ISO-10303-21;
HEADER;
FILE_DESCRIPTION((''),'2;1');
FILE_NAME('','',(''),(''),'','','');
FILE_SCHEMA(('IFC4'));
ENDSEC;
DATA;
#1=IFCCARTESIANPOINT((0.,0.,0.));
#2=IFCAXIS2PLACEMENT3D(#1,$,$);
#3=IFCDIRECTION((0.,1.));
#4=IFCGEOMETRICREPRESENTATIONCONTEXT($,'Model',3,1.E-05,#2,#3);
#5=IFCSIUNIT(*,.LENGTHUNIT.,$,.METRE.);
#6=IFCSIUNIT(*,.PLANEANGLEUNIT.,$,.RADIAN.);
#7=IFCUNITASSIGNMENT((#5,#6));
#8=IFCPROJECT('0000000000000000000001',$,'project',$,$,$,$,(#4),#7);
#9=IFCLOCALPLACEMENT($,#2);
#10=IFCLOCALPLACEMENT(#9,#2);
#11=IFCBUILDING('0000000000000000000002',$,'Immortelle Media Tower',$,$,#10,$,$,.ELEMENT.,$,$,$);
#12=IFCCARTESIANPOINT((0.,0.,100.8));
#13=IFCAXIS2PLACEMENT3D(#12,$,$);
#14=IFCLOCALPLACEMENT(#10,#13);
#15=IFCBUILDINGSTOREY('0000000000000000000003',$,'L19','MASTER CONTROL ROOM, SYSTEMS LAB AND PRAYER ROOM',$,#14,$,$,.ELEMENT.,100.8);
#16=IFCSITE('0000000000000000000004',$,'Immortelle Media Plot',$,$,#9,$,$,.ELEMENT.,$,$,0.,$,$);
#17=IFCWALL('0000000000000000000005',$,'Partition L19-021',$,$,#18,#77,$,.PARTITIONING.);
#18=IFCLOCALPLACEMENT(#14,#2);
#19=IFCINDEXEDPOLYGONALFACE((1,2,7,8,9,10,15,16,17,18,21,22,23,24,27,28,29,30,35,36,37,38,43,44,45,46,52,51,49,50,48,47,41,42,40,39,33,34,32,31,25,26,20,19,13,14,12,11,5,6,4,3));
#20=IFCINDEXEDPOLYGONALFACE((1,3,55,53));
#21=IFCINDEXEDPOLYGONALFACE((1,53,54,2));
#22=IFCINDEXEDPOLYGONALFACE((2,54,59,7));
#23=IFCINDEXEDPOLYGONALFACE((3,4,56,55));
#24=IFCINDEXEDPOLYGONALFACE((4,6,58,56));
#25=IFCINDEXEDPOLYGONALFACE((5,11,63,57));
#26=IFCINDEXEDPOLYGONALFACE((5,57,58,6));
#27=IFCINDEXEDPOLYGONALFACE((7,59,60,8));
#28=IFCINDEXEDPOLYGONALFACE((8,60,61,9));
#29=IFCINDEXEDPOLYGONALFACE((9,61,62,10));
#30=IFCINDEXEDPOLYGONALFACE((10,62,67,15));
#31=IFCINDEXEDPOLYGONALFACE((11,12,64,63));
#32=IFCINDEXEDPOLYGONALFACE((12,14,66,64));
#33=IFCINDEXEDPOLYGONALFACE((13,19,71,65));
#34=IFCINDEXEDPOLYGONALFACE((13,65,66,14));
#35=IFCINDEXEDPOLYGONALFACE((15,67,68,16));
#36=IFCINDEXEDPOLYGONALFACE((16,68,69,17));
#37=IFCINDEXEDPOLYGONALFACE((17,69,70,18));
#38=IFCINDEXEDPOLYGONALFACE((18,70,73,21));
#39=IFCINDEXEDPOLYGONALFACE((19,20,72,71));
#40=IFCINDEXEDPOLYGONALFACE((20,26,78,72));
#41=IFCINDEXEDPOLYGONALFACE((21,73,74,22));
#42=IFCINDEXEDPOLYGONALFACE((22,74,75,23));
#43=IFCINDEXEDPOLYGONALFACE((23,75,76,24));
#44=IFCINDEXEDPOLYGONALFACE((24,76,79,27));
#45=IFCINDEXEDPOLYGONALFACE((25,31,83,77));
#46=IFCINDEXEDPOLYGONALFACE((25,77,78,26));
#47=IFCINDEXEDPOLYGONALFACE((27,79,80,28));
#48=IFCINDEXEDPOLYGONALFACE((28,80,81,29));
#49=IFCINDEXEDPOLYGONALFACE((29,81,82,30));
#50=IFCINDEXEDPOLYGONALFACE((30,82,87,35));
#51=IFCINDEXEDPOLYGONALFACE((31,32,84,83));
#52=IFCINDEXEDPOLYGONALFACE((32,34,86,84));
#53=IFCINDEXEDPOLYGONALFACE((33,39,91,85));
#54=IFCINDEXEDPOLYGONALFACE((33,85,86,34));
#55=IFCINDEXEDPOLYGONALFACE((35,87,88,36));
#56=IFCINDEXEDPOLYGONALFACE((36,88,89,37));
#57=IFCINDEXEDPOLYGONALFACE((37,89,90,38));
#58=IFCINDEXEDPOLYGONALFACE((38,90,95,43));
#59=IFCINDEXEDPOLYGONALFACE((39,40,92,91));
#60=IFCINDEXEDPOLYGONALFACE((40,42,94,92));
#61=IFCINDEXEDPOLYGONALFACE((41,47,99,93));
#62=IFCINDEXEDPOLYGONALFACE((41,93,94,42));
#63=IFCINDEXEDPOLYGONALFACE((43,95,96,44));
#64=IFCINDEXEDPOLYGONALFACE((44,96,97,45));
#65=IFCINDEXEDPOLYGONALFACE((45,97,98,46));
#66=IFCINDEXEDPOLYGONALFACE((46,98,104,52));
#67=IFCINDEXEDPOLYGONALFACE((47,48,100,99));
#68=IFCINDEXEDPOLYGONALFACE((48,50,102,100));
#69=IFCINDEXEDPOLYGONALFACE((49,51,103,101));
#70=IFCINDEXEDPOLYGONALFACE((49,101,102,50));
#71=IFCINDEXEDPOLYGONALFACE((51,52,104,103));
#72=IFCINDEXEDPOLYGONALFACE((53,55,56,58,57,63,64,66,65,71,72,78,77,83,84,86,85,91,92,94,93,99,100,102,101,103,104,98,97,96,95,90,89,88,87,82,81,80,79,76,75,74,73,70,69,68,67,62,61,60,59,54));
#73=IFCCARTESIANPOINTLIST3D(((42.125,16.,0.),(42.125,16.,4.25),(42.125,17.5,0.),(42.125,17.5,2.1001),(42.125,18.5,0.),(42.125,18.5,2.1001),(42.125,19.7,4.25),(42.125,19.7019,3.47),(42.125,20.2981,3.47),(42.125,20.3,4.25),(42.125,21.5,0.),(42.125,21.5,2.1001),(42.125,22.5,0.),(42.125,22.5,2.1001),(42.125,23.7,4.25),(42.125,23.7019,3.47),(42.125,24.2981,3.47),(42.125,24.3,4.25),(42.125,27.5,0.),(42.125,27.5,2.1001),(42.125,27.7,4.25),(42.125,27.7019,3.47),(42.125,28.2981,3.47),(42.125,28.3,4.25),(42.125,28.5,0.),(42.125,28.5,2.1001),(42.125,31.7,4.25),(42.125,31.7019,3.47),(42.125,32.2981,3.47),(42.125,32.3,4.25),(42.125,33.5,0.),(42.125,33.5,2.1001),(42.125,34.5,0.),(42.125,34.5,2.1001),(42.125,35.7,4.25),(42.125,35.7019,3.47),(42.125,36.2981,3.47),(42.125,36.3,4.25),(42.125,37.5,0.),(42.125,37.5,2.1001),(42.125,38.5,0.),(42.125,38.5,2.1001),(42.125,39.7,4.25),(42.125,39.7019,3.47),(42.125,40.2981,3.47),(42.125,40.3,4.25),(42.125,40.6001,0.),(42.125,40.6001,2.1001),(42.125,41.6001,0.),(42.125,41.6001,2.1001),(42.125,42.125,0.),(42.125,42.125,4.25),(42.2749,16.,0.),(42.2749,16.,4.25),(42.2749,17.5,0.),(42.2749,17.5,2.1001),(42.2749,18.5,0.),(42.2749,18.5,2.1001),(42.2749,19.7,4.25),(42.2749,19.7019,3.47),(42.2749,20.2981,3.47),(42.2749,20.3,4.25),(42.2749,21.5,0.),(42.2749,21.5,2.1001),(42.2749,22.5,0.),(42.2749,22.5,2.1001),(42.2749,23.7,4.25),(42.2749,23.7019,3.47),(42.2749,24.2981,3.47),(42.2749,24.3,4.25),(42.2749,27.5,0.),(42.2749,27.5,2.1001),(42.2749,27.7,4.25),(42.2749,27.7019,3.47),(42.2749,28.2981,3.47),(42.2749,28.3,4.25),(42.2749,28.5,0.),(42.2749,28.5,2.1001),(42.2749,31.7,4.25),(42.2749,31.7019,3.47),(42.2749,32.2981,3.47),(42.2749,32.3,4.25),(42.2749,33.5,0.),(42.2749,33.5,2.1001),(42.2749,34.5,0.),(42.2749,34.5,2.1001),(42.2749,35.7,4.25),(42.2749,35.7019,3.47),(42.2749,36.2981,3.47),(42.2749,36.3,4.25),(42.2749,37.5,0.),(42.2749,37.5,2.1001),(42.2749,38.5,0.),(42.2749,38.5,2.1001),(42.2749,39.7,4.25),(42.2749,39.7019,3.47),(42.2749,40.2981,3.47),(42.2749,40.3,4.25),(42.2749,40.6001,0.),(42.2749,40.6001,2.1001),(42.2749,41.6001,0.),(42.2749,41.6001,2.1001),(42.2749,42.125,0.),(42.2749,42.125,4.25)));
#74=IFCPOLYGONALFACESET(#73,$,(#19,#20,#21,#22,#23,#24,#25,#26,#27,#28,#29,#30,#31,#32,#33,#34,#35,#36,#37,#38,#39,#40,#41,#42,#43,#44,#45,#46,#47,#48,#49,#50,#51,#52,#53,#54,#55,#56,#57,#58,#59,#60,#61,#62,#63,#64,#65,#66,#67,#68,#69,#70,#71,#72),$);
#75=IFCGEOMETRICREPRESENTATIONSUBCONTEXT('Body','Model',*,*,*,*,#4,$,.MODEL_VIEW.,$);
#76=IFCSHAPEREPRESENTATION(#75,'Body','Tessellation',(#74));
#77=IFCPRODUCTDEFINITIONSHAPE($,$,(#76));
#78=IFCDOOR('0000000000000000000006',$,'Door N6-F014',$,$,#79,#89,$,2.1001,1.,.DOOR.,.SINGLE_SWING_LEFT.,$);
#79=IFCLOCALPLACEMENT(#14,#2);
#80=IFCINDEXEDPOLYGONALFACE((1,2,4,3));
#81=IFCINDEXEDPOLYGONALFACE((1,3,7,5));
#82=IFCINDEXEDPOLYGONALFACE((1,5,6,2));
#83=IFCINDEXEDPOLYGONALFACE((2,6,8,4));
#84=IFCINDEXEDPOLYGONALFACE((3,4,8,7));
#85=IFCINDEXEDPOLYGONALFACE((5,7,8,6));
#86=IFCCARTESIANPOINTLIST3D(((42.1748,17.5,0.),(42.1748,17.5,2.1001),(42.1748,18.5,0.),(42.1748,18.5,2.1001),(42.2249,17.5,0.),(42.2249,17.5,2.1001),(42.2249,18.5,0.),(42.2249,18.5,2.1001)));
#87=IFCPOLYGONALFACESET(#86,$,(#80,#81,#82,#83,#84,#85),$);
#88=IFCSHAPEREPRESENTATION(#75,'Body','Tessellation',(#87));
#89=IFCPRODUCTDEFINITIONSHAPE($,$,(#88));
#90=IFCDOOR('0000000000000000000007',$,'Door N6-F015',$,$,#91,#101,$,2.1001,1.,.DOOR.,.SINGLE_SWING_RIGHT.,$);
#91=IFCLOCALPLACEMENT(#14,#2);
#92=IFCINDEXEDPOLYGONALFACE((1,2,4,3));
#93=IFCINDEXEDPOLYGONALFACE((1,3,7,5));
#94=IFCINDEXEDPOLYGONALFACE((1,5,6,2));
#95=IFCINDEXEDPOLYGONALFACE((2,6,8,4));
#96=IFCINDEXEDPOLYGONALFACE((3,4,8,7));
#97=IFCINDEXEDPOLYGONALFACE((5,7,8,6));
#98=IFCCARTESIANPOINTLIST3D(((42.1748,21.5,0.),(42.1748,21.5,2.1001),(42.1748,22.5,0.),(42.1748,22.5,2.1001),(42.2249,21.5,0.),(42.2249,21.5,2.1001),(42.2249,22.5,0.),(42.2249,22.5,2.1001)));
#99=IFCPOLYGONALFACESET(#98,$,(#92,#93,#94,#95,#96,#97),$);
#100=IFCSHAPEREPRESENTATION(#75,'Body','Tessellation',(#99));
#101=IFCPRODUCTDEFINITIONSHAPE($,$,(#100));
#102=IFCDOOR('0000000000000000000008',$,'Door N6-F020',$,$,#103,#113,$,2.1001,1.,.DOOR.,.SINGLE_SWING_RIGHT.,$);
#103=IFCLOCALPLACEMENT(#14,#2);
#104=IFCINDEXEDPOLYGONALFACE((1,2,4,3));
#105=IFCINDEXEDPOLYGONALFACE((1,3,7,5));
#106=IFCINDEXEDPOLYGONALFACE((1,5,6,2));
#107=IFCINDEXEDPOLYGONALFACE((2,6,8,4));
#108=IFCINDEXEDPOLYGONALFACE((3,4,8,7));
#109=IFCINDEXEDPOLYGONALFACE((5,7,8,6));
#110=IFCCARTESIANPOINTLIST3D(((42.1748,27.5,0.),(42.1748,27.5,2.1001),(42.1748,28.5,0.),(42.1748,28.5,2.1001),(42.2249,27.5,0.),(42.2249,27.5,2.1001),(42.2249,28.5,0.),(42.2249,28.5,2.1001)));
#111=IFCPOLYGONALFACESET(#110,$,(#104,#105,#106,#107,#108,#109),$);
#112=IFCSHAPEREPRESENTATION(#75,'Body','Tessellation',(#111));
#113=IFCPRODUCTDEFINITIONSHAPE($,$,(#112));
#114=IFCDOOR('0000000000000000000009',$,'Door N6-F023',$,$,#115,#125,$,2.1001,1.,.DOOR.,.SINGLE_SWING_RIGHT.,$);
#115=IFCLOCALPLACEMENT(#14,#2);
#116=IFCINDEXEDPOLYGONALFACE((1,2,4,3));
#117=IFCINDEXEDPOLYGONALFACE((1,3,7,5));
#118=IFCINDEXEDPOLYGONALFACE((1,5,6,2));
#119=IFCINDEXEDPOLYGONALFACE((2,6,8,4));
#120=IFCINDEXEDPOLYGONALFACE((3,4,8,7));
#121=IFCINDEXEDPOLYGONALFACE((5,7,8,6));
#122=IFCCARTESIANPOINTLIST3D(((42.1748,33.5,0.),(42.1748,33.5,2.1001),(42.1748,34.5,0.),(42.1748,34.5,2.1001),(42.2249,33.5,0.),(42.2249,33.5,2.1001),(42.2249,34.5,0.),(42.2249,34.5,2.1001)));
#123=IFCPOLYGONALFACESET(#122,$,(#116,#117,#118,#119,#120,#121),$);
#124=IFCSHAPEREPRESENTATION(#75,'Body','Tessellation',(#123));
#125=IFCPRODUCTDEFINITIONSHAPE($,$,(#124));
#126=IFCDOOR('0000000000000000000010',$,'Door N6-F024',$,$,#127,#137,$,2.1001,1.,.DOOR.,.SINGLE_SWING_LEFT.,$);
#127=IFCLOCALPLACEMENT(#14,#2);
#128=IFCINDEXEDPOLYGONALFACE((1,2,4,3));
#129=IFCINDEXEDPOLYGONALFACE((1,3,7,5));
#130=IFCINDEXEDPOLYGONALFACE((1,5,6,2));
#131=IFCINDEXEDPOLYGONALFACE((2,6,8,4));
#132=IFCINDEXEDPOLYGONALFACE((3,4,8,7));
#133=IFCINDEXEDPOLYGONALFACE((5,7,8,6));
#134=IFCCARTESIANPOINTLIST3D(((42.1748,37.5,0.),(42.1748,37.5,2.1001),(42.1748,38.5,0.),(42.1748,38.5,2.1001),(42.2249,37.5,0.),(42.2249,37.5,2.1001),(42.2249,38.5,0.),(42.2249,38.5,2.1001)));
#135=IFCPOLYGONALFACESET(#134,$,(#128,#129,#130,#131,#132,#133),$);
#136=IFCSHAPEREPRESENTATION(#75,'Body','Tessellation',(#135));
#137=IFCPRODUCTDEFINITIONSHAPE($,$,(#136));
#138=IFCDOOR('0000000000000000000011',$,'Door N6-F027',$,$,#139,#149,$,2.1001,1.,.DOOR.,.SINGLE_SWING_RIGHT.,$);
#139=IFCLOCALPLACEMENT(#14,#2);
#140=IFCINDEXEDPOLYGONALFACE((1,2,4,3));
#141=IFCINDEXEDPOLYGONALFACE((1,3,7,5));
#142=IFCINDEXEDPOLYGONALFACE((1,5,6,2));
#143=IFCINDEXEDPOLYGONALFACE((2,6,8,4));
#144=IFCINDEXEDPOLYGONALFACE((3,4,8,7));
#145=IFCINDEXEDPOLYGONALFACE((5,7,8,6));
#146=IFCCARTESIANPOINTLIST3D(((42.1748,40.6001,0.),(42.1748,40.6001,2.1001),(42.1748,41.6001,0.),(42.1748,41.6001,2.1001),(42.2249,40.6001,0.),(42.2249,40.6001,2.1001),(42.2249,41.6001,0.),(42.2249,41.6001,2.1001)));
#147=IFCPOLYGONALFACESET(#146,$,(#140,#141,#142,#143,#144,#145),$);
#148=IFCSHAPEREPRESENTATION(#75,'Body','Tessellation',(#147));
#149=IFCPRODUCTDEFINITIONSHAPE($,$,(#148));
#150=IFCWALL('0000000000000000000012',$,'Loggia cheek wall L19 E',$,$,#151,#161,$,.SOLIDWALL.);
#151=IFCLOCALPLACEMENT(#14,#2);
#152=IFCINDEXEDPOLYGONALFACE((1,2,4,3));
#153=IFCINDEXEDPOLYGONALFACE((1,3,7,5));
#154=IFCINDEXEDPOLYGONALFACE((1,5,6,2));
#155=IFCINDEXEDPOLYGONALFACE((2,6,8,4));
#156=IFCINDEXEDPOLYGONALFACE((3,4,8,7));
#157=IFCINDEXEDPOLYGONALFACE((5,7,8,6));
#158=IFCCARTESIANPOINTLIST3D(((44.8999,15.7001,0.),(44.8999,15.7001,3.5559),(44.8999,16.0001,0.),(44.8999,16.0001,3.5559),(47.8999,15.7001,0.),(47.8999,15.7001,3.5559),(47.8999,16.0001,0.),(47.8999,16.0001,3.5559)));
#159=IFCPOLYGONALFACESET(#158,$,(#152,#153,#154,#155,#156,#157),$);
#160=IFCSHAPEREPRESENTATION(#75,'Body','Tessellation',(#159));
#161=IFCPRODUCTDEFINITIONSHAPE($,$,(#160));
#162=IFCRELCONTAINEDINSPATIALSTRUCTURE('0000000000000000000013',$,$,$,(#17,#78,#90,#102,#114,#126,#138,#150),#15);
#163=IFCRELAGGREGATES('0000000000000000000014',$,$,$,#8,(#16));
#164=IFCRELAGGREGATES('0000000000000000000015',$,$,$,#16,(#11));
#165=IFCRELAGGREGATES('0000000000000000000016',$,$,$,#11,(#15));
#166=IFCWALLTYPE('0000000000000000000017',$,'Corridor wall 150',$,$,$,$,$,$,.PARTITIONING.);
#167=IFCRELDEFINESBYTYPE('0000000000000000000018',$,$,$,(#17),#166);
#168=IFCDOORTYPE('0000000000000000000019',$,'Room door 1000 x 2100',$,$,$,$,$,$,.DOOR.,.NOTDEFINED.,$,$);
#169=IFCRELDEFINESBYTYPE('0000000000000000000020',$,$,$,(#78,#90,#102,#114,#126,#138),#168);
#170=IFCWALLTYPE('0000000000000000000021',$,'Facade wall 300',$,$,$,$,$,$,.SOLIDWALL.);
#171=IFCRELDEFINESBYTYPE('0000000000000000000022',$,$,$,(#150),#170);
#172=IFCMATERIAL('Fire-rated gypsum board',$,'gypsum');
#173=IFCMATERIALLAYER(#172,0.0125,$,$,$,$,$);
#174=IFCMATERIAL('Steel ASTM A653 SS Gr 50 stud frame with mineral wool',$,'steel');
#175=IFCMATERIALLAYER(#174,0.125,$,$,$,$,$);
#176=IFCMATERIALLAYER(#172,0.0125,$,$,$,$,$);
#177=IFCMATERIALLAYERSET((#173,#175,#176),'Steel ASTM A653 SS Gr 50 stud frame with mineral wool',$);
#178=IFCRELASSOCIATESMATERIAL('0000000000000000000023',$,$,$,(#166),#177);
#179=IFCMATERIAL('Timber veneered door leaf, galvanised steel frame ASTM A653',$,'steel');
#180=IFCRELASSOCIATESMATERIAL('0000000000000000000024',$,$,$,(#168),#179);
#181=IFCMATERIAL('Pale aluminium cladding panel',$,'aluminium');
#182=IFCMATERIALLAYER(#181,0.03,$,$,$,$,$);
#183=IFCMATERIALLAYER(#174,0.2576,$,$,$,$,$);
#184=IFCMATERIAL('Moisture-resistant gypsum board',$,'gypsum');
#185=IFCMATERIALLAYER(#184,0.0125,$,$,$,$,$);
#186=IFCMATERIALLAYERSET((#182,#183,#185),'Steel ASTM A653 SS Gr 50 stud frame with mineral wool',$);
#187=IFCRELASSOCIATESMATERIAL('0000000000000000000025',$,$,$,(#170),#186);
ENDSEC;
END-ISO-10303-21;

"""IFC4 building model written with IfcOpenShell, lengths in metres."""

from ifc_helpers import new_model, si_unit, direction, frame, frame_2d, origin, place, context, subcontext, project, spatial, polyline, rectangle, outline, extrude, material, layer, layer_set, type_object, element, fill, save


model = new_model("IFC4")

# Units and contexts
model_context = context("Model", 3, precision=1e-05, world=origin(), true_north=direction((0.0, 1.0)))
body_context = subcontext(model_context, "Body", "Model", "MODEL_VIEW")
ifc_project = project(units=[si_unit("LENGTHUNIT", "METRE"), si_unit("PLANEANGLEUNIT", "RADIAN")], contexts=[model_context])

# Site, building, storey
site_placement = place(None, origin())
site = spatial("IfcSite", under=ifc_project, at=site_placement, Name="Immortelle Media Plot", CompositionType="ELEMENT", RefElevation=0.0)
building_placement = place(site_placement, origin())
building = spatial("IfcBuilding", under=site, at=building_placement, Name="Immortelle Media Tower", CompositionType="ELEMENT")
storey_placement = place(building_placement, frame((0.0, 0.0, 100.8)))
storey = spatial("IfcBuildingStorey", under=building, at=storey_placement, Name="L19", Description="MASTER CONTROL ROOM, SYSTEMS LAB AND PRAYER ROOM", CompositionType="ELEMENT", Elevation=100.8)

# Wall, openings, doors
ifc_material_1 = material(Name="Fire-rated gypsum board", Category="gypsum")
ifc_layer_1 = layer(ifc_material_1, 0.0125)
ifc_material_2 = material(Name="Steel ASTM A653 SS Gr 50 stud frame with mineral wool", Category="steel")
ifc_layer_2 = layer(ifc_material_2, 0.125)
ifc_layer_3 = layer(ifc_material_1, 0.0125)
ifc_layer_set_1 = layer_set([ifc_layer_1, ifc_layer_2, ifc_layer_3], Name="Steel ASTM A653 SS Gr 50 stud frame with mineral wool")
wall_type_1 = type_object("IfcWallType", Name="Corridor wall 150", PredefinedType="PARTITIONING", material=ifc_layer_set_1)
wall_1_placement = place(storey_placement, frame((42.2, 16.0, 0.0), z_axis=(0.0, 0.0, 1.0), x_axis=(0.0, 1.0, 0.0)))
wall_1 = element("IfcWall", 1, at=wall_1_placement, inside=storey, type_object=wall_type_1, Name="Partition L19-021", PredefinedType="PARTITIONING", context=body_context, shape_type="SweptSolid", body=[
    extrude(outline(polyline([(0.0, 0.0), (26.125, 0.0), (26.125, 4.25), (24.3, 4.25), (24.2981, 3.47), (23.7019, 3.47), (23.7, 4.25), (20.3, 4.25), (20.2981, 3.47), (19.7019, 3.47), (19.7, 4.25), (16.3, 4.25), (16.2981, 3.47), (15.7019, 3.47), (15.7, 4.25), (12.3, 4.25), (12.2981, 3.47), (11.7019, 3.47), (11.7, 4.25), (8.3, 4.25), (8.2981, 3.47), (7.7019, 3.47), (7.7, 4.25), (4.3, 4.25), (4.2981, 3.47), (3.7019, 3.47), (3.7, 4.25), (0.0, 4.25), (0.0, 0.0)])), frame((0.0, 0.075, 0.0), z_axis=(0.0, -1.0, 0.0), x_axis=(1.0, 0.0, 0.0)), (0.0, 0.0, 1.0), 0.1499),
])
opening_1_placement = place(wall_1_placement, frame((2.5, 0.0, 0.0), z_axis=(0.0, 0.0, 1.0), x_axis=(-1.0, 0.0, 0.0)))
opening_1 = element("IfcOpeningElement", 2, at=opening_1_placement, cuts=wall_1, PredefinedType="OPENING", context=body_context, shape_type="SweptSolid", body=[
    extrude(rectangle(XDim=1.0, YDim=2.1001, at=frame_2d((0.5, 1.05))), frame((0.0, 0.085, 0.0), z_axis=(0.0, -1.0, 0.0), x_axis=(1.0, 0.0, 0.0)), (0.0, 0.0, 1.0), 0.1699),
])
opening_2_placement = place(wall_1_placement, frame((6.5, 0.0, 0.0), z_axis=(0.0, 0.0, 1.0), x_axis=(-1.0, 0.0, 0.0)))
opening_2 = element("IfcOpeningElement", 3, at=opening_2_placement, cuts=wall_1, PredefinedType="OPENING", context=body_context, shape_type="SweptSolid", body=[
    extrude(rectangle(XDim=1.0, YDim=2.1001, at=frame_2d((0.5, 1.05))), frame((0.0, 0.085, 0.0), z_axis=(0.0, -1.0, 0.0), x_axis=(1.0, 0.0, 0.0)), (0.0, 0.0, 1.0), 0.1699),
])
opening_3_placement = place(wall_1_placement, frame((12.5, 0.0, 0.0), z_axis=(0.0, 0.0, 1.0), x_axis=(-1.0, 0.0, 0.0)))
opening_3 = element("IfcOpeningElement", 4, at=opening_3_placement, cuts=wall_1, PredefinedType="OPENING", context=body_context, shape_type="SweptSolid", body=[
    extrude(rectangle(XDim=1.0, YDim=2.1001, at=frame_2d((0.5, 1.05))), frame((0.0, 0.085, 0.0), z_axis=(0.0, -1.0, 0.0), x_axis=(1.0, 0.0, 0.0)), (0.0, 0.0, 1.0), 0.1699),
])
opening_4_placement = place(wall_1_placement, frame((18.5, 0.0, 0.0), z_axis=(0.0, 0.0, 1.0), x_axis=(-1.0, 0.0, 0.0)))
opening_4 = element("IfcOpeningElement", 5, at=opening_4_placement, cuts=wall_1, PredefinedType="OPENING", context=body_context, shape_type="SweptSolid", body=[
    extrude(rectangle(XDim=1.0, YDim=2.1001, at=frame_2d((0.5, 1.05))), frame((0.0, 0.085, 0.0), z_axis=(0.0, -1.0, 0.0), x_axis=(1.0, 0.0, 0.0)), (0.0, 0.0, 1.0), 0.1699),
])
opening_5_placement = place(wall_1_placement, frame((22.5, 0.0, 0.0), z_axis=(0.0, 0.0, 1.0), x_axis=(-1.0, 0.0, 0.0)))
opening_5 = element("IfcOpeningElement", 6, at=opening_5_placement, cuts=wall_1, PredefinedType="OPENING", context=body_context, shape_type="SweptSolid", body=[
    extrude(rectangle(XDim=1.0, YDim=2.1001, at=frame_2d((0.5, 1.05))), frame((0.0, 0.085, 0.0), z_axis=(0.0, -1.0, 0.0), x_axis=(1.0, 0.0, 0.0)), (0.0, 0.0, 1.0), 0.1699),
])
opening_6_placement = place(wall_1_placement, frame((25.6001, 0.0, 0.0), z_axis=(0.0, 0.0, 1.0), x_axis=(-1.0, 0.0, 0.0)))
opening_6 = element("IfcOpeningElement", 7, at=opening_6_placement, cuts=wall_1, PredefinedType="OPENING", context=body_context, shape_type="SweptSolid", body=[
    extrude(rectangle(XDim=1.0, YDim=2.1001, at=frame_2d((0.5, 1.05))), frame((0.0, 0.085, 0.0), z_axis=(0.0, -1.0, 0.0), x_axis=(1.0, 0.0, 0.0)), (0.0, 0.0, 1.0), 0.1699),
])
ifc_material_3 = material(Name="Timber veneered door leaf, galvanised steel frame ASTM A653", Category="steel")
door_type = type_object("IfcDoorType", Name="Room door 1000 x 2100", OperationType="NOTDEFINED", PredefinedType="DOOR", material=ifc_material_3)
door_1_placement = place(opening_1_placement, origin())
door_1 = element("IfcDoor", 8, at=door_1_placement, inside=storey, type_object=door_type, Name="Door N6-F014", OperationType="SINGLE_SWING_LEFT", OverallHeight=2.1001, OverallWidth=1.0, PredefinedType="DOOR", context=body_context, shape_type="SweptSolid", body=[
    extrude(rectangle(XDim=1.0, YDim=2.1001, at=frame_2d((0.5, 1.05))), frame((0.0, 0.0249, 0.0), z_axis=(0.0, -1.0, 0.0), x_axis=(1.0, 0.0, 0.0)), (0.0, 0.0, 1.0), 0.05),
])
fill(opening_1, door_1)
door_2_placement = place(opening_2_placement, origin())
door_2 = element("IfcDoor", 9, at=door_2_placement, inside=storey, type_object=door_type, Name="Door N6-F015", OperationType="SINGLE_SWING_RIGHT", OverallHeight=2.1001, OverallWidth=1.0, PredefinedType="DOOR", context=body_context, shape_type="SweptSolid", body=[
    extrude(rectangle(XDim=1.0, YDim=2.1001, at=frame_2d((0.5, 1.05))), frame((0.0, 0.0249, 0.0), z_axis=(0.0, -1.0, 0.0), x_axis=(1.0, 0.0, 0.0)), (0.0, 0.0, 1.0), 0.05),
])
fill(opening_2, door_2)
door_3_placement = place(opening_3_placement, origin())
door_3 = element("IfcDoor", 10, at=door_3_placement, inside=storey, type_object=door_type, Name="Door N6-F020", OperationType="SINGLE_SWING_RIGHT", OverallHeight=2.1001, OverallWidth=1.0, PredefinedType="DOOR", context=body_context, shape_type="SweptSolid", body=[
    extrude(rectangle(XDim=1.0, YDim=2.1001, at=frame_2d((0.5, 1.05))), frame((0.0, 0.0249, 0.0), z_axis=(0.0, -1.0, 0.0), x_axis=(1.0, 0.0, 0.0)), (0.0, 0.0, 1.0), 0.05),
])
fill(opening_3, door_3)
door_4_placement = place(opening_4_placement, origin())
door_4 = element("IfcDoor", 11, at=door_4_placement, inside=storey, type_object=door_type, Name="Door N6-F023", OperationType="SINGLE_SWING_RIGHT", OverallHeight=2.1001, OverallWidth=1.0, PredefinedType="DOOR", context=body_context, shape_type="SweptSolid", body=[
    extrude(rectangle(XDim=1.0, YDim=2.1001, at=frame_2d((0.5, 1.05))), frame((0.0, 0.0249, 0.0), z_axis=(0.0, -1.0, 0.0), x_axis=(1.0, 0.0, 0.0)), (0.0, 0.0, 1.0), 0.05),
])
fill(opening_4, door_4)
door_5_placement = place(opening_5_placement, origin())
door_5 = element("IfcDoor", 12, at=door_5_placement, inside=storey, type_object=door_type, Name="Door N6-F024", OperationType="SINGLE_SWING_LEFT", OverallHeight=2.1001, OverallWidth=1.0, PredefinedType="DOOR", context=body_context, shape_type="SweptSolid", body=[
    extrude(rectangle(XDim=1.0, YDim=2.1001, at=frame_2d((0.5, 1.05))), frame((0.0, 0.0249, 0.0), z_axis=(0.0, -1.0, 0.0), x_axis=(1.0, 0.0, 0.0)), (0.0, 0.0, 1.0), 0.05),
])
fill(opening_5, door_5)
door_6_placement = place(opening_6_placement, origin())
door_6 = element("IfcDoor", 13, at=door_6_placement, inside=storey, type_object=door_type, Name="Door N6-F027", OperationType="SINGLE_SWING_RIGHT", OverallHeight=2.1001, OverallWidth=1.0, PredefinedType="DOOR", context=body_context, shape_type="SweptSolid", body=[
    extrude(rectangle(XDim=1.0, YDim=2.1001, at=frame_2d((0.5, 1.05))), frame((0.0, 0.0249, 0.0), z_axis=(0.0, -1.0, 0.0), x_axis=(1.0, 0.0, 0.0)), (0.0, 0.0, 1.0), 0.05),
])
fill(opening_6, door_6)

# Wall
ifc_material_4 = material(Name="Pale aluminium cladding panel", Category="aluminium")
ifc_layer_4 = layer(ifc_material_4, 0.03)
ifc_layer_5 = layer(ifc_material_2, 0.2576)
ifc_material_5 = material(Name="Moisture-resistant gypsum board", Category="gypsum")
ifc_layer_6 = layer(ifc_material_5, 0.0125)
ifc_layer_set_2 = layer_set([ifc_layer_4, ifc_layer_5, ifc_layer_6], Name="Steel ASTM A653 SS Gr 50 stud frame with mineral wool")
wall_type_2 = type_object("IfcWallType", Name="Facade wall 300", PredefinedType="SOLIDWALL", material=ifc_layer_set_2)
wall_2_placement = place(storey_placement, frame((47.8999, 15.8501, 0.0), z_axis=(0.0, 0.0, 1.0), x_axis=(-1.0, 0.0, 0.0)))
element("IfcWall", 14, at=wall_2_placement, inside=storey, type_object=wall_type_2, Name="Loggia cheek wall L19 E", PredefinedType="SOLIDWALL", context=body_context, shape_type="SweptSolid", body=[
    extrude(rectangle(XDim=3.0, YDim=0.3, at=frame_2d((1.5, 0.0))), origin(), (0.0, 0.0, 1.0), 3.5559),
])

save(model, "model.ifc")
